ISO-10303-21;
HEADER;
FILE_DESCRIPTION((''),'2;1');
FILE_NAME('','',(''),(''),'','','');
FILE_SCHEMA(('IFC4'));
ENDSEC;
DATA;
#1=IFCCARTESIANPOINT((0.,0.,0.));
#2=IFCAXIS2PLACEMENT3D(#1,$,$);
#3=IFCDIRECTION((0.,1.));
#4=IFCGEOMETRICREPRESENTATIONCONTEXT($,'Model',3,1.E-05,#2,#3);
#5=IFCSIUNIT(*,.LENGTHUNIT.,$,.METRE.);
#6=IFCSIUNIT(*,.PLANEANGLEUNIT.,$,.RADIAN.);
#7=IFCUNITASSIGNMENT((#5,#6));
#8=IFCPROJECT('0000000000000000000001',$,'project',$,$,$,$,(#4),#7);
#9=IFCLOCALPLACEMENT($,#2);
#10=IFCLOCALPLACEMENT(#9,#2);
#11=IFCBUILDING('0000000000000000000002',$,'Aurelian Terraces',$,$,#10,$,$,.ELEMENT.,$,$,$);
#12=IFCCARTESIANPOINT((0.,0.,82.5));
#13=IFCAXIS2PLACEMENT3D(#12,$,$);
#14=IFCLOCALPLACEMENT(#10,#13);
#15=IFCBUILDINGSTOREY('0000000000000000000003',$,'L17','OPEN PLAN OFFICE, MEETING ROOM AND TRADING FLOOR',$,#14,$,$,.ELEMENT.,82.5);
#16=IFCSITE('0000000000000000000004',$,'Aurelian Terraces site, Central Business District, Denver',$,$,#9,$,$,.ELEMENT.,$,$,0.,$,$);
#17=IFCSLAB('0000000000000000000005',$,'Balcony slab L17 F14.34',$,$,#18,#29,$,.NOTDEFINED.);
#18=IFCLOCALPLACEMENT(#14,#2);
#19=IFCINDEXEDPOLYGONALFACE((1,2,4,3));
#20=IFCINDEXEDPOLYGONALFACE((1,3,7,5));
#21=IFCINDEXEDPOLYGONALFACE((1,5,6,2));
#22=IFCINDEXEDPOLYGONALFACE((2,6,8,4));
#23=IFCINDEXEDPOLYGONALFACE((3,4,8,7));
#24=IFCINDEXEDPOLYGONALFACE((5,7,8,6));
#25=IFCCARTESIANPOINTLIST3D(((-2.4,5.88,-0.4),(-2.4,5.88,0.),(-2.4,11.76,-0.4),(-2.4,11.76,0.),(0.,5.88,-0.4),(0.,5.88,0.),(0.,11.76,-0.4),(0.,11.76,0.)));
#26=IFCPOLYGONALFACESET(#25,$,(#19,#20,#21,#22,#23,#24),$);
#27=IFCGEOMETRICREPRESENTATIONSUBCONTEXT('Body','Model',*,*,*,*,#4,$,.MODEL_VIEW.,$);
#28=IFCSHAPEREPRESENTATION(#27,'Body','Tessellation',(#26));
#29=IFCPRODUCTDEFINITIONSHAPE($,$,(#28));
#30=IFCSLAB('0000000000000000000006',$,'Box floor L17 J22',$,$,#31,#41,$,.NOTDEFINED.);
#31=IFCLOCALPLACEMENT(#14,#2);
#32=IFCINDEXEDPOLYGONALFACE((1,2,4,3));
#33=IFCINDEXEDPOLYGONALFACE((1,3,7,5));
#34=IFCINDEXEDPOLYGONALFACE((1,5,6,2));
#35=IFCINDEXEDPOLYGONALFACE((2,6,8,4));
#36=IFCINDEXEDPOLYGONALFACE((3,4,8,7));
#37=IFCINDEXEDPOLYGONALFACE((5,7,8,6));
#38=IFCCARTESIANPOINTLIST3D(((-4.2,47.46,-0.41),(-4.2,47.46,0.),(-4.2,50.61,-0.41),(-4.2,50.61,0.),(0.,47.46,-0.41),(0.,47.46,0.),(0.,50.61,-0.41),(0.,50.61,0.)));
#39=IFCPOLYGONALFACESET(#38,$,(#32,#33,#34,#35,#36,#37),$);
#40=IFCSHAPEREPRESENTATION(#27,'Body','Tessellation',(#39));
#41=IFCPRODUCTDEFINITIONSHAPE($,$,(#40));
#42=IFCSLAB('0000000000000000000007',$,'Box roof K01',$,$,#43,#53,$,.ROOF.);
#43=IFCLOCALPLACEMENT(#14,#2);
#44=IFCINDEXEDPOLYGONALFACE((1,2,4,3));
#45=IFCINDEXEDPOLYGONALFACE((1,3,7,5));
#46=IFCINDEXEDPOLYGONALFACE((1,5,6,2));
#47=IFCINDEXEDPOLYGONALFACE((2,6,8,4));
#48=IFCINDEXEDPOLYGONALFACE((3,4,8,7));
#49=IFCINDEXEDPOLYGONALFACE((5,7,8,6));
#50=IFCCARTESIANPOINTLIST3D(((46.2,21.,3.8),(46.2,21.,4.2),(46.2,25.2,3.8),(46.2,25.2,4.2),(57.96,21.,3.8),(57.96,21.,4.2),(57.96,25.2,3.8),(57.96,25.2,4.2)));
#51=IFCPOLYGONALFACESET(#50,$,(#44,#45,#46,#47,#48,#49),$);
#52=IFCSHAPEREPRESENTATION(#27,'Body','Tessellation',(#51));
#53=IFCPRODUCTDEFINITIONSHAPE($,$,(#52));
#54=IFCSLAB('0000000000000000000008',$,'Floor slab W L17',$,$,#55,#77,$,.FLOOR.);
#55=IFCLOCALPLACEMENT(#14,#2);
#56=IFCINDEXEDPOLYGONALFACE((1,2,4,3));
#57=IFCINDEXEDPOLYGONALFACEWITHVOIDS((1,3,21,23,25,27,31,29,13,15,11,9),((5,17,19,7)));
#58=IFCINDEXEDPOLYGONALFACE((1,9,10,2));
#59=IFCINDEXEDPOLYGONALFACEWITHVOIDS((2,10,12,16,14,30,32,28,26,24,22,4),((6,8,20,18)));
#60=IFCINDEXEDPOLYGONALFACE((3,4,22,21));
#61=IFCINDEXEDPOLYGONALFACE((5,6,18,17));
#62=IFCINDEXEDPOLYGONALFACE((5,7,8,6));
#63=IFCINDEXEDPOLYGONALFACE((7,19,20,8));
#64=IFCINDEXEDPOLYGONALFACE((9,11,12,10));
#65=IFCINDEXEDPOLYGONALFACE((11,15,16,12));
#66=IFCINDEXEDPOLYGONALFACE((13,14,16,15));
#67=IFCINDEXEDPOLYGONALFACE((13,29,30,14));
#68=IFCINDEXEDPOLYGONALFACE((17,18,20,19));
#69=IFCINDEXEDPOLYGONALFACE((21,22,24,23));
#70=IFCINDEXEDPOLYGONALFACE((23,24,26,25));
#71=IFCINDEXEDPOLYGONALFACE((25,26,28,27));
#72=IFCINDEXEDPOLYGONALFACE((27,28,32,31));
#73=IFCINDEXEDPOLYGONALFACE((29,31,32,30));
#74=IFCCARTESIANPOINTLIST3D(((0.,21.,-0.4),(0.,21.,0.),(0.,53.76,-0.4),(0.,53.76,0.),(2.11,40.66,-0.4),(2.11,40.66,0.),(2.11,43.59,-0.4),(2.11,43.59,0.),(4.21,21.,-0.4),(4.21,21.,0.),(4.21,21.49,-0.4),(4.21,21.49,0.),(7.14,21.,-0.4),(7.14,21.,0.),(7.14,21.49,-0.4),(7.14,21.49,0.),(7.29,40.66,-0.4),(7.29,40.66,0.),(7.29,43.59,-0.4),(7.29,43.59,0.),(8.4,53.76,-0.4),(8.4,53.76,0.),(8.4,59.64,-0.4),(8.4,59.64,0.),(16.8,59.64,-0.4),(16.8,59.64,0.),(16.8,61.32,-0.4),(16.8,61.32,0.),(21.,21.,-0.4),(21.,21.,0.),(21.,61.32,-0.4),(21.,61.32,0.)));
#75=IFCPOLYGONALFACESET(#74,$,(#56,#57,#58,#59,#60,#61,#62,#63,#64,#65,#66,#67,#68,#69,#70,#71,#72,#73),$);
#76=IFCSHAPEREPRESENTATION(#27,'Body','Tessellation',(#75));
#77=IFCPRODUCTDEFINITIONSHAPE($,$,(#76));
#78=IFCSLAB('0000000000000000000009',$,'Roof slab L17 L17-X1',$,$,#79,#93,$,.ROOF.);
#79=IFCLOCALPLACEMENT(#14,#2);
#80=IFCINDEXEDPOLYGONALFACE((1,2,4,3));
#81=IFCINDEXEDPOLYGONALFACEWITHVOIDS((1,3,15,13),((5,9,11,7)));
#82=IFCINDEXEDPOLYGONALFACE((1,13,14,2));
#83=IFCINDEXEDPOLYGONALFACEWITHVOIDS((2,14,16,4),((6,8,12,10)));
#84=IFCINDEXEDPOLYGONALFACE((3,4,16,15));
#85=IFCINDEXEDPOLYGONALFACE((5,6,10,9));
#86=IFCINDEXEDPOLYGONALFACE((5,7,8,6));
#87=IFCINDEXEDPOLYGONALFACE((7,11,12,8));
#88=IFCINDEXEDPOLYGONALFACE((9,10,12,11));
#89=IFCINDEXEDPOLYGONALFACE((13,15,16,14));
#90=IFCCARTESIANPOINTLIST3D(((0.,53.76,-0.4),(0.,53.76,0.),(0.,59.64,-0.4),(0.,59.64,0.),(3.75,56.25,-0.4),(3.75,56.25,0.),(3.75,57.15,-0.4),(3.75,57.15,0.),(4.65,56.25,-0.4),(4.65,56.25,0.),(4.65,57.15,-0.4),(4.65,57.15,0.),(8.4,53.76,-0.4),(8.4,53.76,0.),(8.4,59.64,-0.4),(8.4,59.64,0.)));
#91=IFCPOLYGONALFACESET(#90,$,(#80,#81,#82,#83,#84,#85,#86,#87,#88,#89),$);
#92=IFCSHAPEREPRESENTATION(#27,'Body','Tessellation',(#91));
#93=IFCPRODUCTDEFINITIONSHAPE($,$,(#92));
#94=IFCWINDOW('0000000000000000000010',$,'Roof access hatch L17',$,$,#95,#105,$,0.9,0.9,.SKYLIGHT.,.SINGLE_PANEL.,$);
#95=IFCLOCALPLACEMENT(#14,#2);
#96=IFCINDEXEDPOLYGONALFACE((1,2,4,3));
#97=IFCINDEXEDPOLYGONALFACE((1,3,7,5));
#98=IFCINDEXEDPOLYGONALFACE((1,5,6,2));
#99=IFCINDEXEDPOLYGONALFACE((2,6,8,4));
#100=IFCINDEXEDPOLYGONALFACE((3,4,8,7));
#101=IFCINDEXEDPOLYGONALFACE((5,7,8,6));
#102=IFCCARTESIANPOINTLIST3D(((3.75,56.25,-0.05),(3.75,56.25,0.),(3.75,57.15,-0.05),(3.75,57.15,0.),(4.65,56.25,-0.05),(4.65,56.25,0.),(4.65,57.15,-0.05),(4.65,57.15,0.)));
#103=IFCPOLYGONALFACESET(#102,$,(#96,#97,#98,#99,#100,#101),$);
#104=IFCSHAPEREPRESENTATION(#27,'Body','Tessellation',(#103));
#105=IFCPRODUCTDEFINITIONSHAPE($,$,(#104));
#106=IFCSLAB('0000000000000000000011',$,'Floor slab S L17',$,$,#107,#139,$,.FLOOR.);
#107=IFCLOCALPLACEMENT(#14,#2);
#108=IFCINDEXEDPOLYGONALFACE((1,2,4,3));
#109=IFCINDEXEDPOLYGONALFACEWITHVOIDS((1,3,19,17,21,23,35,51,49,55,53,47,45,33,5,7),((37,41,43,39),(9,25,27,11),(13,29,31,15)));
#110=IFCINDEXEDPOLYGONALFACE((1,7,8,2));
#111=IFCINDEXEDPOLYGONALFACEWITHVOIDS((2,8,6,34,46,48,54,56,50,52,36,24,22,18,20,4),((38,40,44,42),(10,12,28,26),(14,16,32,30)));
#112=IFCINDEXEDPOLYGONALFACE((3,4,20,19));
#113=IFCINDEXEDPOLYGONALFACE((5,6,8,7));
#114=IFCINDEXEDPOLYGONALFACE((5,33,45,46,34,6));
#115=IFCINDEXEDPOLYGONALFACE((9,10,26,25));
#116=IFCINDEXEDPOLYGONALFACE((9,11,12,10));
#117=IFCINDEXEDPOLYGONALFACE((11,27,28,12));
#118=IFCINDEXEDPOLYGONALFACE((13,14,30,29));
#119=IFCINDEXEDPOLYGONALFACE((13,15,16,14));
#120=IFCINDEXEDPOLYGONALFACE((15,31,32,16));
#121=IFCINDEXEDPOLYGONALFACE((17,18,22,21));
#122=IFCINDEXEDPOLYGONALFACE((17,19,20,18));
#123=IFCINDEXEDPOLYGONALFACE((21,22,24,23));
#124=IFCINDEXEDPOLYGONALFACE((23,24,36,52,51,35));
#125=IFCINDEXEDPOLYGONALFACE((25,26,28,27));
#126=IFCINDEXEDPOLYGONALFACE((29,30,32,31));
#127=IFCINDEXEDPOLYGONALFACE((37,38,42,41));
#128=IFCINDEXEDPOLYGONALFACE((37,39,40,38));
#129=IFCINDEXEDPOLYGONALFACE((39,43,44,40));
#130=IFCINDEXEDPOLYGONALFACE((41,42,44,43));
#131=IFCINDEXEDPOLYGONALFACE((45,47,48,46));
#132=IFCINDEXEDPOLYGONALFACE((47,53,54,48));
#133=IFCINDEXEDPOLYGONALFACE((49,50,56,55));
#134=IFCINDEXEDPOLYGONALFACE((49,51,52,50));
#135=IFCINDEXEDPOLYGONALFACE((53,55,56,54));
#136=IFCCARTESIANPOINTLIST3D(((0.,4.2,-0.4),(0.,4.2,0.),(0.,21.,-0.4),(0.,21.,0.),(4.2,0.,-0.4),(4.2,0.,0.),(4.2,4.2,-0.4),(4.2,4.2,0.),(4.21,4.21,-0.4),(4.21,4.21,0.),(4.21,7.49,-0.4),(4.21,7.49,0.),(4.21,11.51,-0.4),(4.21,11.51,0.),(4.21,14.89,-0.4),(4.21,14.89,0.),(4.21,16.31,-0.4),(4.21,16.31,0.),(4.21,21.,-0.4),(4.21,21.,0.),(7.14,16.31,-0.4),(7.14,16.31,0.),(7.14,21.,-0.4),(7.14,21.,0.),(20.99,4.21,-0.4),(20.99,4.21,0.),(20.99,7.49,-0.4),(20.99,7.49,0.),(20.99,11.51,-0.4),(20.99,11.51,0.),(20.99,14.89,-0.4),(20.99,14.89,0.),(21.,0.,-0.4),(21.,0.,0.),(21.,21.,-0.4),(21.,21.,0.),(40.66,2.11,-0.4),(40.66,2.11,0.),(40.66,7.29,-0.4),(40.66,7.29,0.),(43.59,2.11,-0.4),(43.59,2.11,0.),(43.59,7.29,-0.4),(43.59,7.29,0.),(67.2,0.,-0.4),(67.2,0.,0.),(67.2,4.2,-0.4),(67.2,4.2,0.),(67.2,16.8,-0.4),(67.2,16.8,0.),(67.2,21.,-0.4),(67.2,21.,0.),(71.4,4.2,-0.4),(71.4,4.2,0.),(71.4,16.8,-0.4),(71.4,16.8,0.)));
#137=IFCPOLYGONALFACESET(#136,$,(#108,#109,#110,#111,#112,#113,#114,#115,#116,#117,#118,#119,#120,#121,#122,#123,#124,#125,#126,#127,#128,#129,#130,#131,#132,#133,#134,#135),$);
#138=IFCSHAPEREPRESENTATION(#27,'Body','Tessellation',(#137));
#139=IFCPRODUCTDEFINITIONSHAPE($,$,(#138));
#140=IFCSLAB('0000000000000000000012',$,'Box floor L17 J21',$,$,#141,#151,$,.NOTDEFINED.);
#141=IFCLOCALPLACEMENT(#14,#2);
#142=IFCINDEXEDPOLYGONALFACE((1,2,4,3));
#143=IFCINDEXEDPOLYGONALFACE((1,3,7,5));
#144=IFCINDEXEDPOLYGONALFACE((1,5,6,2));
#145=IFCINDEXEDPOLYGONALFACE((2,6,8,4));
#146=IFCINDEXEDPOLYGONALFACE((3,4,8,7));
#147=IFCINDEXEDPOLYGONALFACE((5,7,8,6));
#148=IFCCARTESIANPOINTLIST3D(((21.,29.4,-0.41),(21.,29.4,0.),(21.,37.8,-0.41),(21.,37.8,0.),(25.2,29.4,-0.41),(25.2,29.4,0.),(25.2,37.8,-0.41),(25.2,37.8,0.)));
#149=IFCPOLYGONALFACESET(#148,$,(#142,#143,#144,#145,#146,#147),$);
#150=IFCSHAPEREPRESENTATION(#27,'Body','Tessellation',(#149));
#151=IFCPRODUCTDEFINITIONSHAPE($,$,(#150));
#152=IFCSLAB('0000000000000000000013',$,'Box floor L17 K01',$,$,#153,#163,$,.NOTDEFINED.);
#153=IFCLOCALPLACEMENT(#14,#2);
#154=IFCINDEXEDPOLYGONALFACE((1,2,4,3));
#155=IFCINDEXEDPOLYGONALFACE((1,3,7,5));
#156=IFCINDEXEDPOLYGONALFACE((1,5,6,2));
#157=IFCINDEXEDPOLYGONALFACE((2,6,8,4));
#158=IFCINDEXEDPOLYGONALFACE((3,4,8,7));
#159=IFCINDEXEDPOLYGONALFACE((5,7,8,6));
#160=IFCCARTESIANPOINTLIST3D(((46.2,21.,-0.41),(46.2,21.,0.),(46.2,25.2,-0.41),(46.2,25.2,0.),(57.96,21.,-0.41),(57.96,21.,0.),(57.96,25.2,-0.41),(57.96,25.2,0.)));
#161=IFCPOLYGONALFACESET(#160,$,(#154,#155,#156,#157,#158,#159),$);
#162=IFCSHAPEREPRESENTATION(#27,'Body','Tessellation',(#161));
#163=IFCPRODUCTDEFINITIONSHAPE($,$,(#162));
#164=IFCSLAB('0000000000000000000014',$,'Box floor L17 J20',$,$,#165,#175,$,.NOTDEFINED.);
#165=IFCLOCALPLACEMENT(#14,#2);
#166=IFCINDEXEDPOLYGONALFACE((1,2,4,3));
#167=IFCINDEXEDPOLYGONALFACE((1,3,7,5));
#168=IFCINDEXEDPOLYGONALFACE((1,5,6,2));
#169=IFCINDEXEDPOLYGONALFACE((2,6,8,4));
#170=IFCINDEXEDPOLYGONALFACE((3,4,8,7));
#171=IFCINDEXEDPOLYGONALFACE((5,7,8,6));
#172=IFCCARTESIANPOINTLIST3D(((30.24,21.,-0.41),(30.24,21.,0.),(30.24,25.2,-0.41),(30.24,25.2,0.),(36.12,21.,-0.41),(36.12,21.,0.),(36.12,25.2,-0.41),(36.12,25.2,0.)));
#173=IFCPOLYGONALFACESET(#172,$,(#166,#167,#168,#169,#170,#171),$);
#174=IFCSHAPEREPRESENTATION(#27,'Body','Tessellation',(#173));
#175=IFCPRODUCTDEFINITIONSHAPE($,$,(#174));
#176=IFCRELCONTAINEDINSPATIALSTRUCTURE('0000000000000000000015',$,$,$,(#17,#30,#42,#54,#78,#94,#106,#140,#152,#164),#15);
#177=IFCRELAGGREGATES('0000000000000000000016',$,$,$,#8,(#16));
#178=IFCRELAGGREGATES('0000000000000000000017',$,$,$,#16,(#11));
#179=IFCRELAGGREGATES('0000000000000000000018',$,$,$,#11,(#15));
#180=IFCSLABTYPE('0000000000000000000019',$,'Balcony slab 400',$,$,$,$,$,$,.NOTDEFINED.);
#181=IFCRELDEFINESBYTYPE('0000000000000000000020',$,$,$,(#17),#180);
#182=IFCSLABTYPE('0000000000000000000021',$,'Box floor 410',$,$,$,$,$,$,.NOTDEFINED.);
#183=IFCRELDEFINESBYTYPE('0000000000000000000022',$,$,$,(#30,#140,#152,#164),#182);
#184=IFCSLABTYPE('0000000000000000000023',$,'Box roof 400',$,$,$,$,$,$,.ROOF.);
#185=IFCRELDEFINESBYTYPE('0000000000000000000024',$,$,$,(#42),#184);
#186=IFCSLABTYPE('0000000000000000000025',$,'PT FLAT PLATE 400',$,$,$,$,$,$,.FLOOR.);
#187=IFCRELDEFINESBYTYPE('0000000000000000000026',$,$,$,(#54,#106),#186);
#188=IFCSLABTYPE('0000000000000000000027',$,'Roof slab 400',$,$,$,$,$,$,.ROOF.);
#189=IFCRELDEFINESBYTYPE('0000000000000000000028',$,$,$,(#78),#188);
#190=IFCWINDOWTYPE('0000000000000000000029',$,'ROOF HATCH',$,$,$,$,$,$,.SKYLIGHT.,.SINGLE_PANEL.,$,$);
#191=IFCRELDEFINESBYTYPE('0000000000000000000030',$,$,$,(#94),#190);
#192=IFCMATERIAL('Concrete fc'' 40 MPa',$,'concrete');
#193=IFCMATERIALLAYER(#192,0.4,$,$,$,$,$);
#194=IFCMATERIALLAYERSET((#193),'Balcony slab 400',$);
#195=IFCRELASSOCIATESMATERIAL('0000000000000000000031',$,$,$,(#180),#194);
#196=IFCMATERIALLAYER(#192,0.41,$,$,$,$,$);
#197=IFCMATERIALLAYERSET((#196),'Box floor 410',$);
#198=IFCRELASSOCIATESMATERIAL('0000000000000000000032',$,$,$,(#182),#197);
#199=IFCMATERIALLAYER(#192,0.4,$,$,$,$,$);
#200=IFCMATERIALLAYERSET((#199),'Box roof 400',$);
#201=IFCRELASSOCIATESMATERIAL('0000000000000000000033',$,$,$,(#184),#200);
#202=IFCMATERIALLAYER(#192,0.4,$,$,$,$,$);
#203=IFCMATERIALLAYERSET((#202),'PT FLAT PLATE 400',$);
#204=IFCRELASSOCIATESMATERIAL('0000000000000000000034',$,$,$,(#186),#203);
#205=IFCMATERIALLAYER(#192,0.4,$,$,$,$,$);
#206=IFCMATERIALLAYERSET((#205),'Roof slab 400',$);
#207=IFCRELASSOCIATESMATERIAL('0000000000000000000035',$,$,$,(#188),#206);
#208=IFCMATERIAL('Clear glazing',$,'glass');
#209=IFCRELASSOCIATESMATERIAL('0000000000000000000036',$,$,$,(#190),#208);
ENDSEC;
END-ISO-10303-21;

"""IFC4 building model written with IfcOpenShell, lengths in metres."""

from ifc_helpers import new_model, si_unit, direction, frame, origin, origin_2d, place, context, subcontext, project, spatial, polyline, rectangle, outline, extrude, source, transform, mapped, material, layer, layer_set, type_object, element, fill, save


model = new_model("IFC4")

# Units and contexts
model_context = context("Model", 3, precision=1e-05, world=origin(), true_north=direction((0.0, 1.0)))
body_context = subcontext(model_context, "Body", "Model", "MODEL_VIEW")
ifc_project = project(units=[si_unit("LENGTHUNIT", "METRE"), si_unit("PLANEANGLEUNIT", "RADIAN")], contexts=[model_context])

# Site, building, storey
site_placement = place(None, origin())
site = spatial("IfcSite", under=ifc_project, at=site_placement, Name="Aurelian Terraces site, Central Business District, Denver", CompositionType="ELEMENT", RefElevation=0.0)
building_placement = place(site_placement, origin())
building = spatial("IfcBuilding", under=site, at=building_placement, Name="Aurelian Terraces", CompositionType="ELEMENT")
storey_placement = place(building_placement, frame((0.0, 0.0, 82.5)))
storey = spatial("IfcBuildingStorey", under=building, at=storey_placement, Name="L17", Description="OPEN PLAN OFFICE, MEETING ROOM AND TRADING FLOOR", CompositionType="ELEMENT", Elevation=82.5)

# Slabs
ifc_material_1 = material(Name="Concrete fc' 40 MPa", Category="concrete")
ifc_layer_1 = layer(ifc_material_1, 0.4)
ifc_layer_set_1 = layer_set([ifc_layer_1], Name="Balcony slab 400")
slab_type_1 = type_object("IfcSlabType", Name="Balcony slab 400", PredefinedType="NOTDEFINED", material=ifc_layer_set_1)
slab_1_placement = place(storey_placement, frame((0.0, 0.0, -0.4)))
element("IfcSlab", 1, at=slab_1_placement, inside=storey, type_object=slab_type_1, Name="Balcony slab L17 F14.34", PredefinedType="NOTDEFINED", context=body_context, shape_type="SweptSolid", body=[
    extrude(outline(polyline([(0.0, 11.76), (0.0, 5.88), (-2.4, 5.88), (-2.4, 11.76), (0.0, 11.76)])), origin(), (0.0, 0.0, 1.0), 0.4),
])
ifc_layer_2 = layer(ifc_material_1, 0.41)
ifc_layer_set_2 = layer_set([ifc_layer_2], Name="Box floor 410")
slab_type_2 = type_object("IfcSlabType", Name="Box floor 410", PredefinedType="NOTDEFINED", material=ifc_layer_set_2)
slab_2_placement = place(storey_placement, frame((0.0, 0.0, -0.41)))
element("IfcSlab", 2, at=slab_2_placement, inside=storey, type_object=slab_type_2, Name="Box floor L17 J22", PredefinedType="NOTDEFINED", context=body_context, shape_type="SweptSolid", body=[
    extrude(outline(polyline([(-4.2, 50.61), (-4.2, 47.46), (0.0, 47.46), (0.0, 50.61), (-4.2, 50.61)])), origin(), (0.0, 0.0, 1.0), 0.41),
])
ifc_layer_3 = layer(ifc_material_1, 0.4)
ifc_layer_set_3 = layer_set([ifc_layer_3], Name="Box roof 400")
slab_type_3 = type_object("IfcSlabType", Name="Box roof 400", PredefinedType="ROOF", material=ifc_layer_set_3)
slab_3_placement = place(storey_placement, frame((0.0, 0.0, 3.8)))
element("IfcSlab", 3, at=slab_3_placement, inside=storey, type_object=slab_type_3, Name="Box roof K01", PredefinedType="ROOF", context=body_context, shape_type="SweptSolid", body=[
    extrude(outline(polyline([(57.96, 25.2), (46.2, 25.2), (46.2, 21.0), (57.96, 21.0), (57.96, 25.2)])), origin(), (0.0, 0.0, 1.0), 0.4),
])
ifc_layer_4 = layer(ifc_material_1, 0.4)
ifc_layer_set_4 = layer_set([ifc_layer_4], Name="PT FLAT PLATE 400")
slab_type_4 = type_object("IfcSlabType", Name="PT FLAT PLATE 400", PredefinedType="FLOOR", material=ifc_layer_set_4)
slab_4_placement = place(storey_placement, frame((0.0, 0.0, -0.4)))
element("IfcSlab", 4, at=slab_4_placement, inside=storey, type_object=slab_type_4, Name="Floor slab W L17", PredefinedType="FLOOR", context=body_context, shape_type="SweptSolid", body=[
    extrude(outline(polyline([(0.0, 53.76), (8.4, 53.76), (8.4, 59.64), (16.8, 59.64), (16.8, 61.32), (21.0, 61.32), (21.0, 21.0), (7.14, 21.0), (7.14, 21.49), (4.21, 21.49), (4.21, 21.0), (0.0, 21.0), (0.0, 53.76)]), holes=[polyline([(7.29, 43.59), (2.11, 43.59), (2.11, 40.66), (7.29, 40.66), (7.29, 43.59)])]), origin(), (0.0, 0.0, 1.0), 0.4),
])

# Slab, opening, window
ifc_layer_5 = layer(ifc_material_1, 0.4)
ifc_layer_set_5 = layer_set([ifc_layer_5], Name="Roof slab 400")
slab_type_5 = type_object("IfcSlabType", Name="Roof slab 400", PredefinedType="ROOF", material=ifc_layer_set_5)
slab_5_placement = place(storey_placement, frame((0.0, 0.0, -0.4)))
slab_5 = element("IfcSlab", 5, at=slab_5_placement, inside=storey, type_object=slab_type_5, Name="Roof slab L17 L17-X1", PredefinedType="ROOF", context=body_context, shape_type="SweptSolid", body=[
    extrude(outline(polyline([(8.4, 59.64), (8.4, 53.76), (0.0, 53.76), (0.0, 59.64), (8.4, 59.64)])), origin(), (0.0, 0.0, 1.0), 0.4),
])
shared_shape_1 = source(origin(), body_context, "Body", "SweptSolid", [
    extrude(rectangle(XDim=0.9, YDim=0.9, at=origin_2d()), frame((0.0, 0.0, -0.01)), (0.0, 0.0, 1.0), 0.42),
])
opening_placement = place(slab_5_placement, frame((4.2, 56.7, 0.0)))
opening = element("IfcOpeningElement", 6, at=opening_placement, cuts=slab_5, PredefinedType="OPENING", context=body_context, shape_type="MappedRepresentation", body=[
    mapped(shared_shape_1, transform((0.0, 0.0, 0.0), scale=1.0)),
])
ifc_material_2 = material(Name="Clear glazing", Category="glass")
window_type = type_object("IfcWindowType", Name="ROOF HATCH", PartitioningType="SINGLE_PANEL", PredefinedType="SKYLIGHT", material=ifc_material_2)
shared_shape_2 = source(origin(), body_context, "Body", "SweptSolid", [
    extrude(rectangle(XDim=0.9, YDim=0.9, at=origin_2d()), origin(), (0.0, 0.0, 1.0), 0.05),
])
window_placement = place(opening_placement, frame((0.0, 0.0, 0.35)))
window = element("IfcWindow", 7, at=window_placement, inside=storey, type_object=window_type, Name="Roof access hatch L17", OverallHeight=0.9, OverallWidth=0.9, PartitioningType="SINGLE_PANEL", PredefinedType="SKYLIGHT", context=body_context, shape_type="MappedRepresentation", body=[
    mapped(shared_shape_2, transform((0.0, 0.0, 0.0), scale=1.0)),
])
fill(opening, window)

# Slabs
shared_shape_3 = source(origin(), body_context, "Body", "SweptSolid", [
    extrude(outline(polyline([(71.4, 16.8), (71.4, 4.2), (67.2, 4.2), (67.2, 0.0), (21.0, 0.0), (4.2, 0.0), (4.2, 4.2), (0.0, 4.2), (0.0, 21.0), (4.21, 21.0), (4.21, 16.31), (7.14, 16.31), (7.14, 21.0), (21.0, 21.0), (67.2, 21.0), (67.2, 16.8), (71.4, 16.8)]), holes=[polyline([(40.66, 2.11), (43.59, 2.11), (43.59, 7.29), (40.66, 7.29), (40.66, 2.11)]), polyline([(4.21, 7.49), (4.21, 4.21), (20.99, 4.21), (20.99, 7.49), (4.21, 7.49)]), polyline([(4.21, 14.89), (4.21, 11.51), (20.99, 11.51), (20.99, 14.89), (4.21, 14.89)])]), origin(), (0.0, 0.0, 1.0), 0.4),
])
slab_6_placement = place(storey_placement, frame((0.0, 0.0, -0.4)))
element("IfcSlab", 8, at=slab_6_placement, inside=storey, type_object=slab_type_4, Name="Floor slab S L17", PredefinedType="FLOOR", context=body_context, shape_type="MappedRepresentation", body=[
    mapped(shared_shape_3, transform((0.0, 0.0, 0.0), scale=1.0)),
])
shared_shape_4 = source(origin(), body_context, "Body", "SweptSolid", [
    extrude(outline(polyline([(25.2, 29.4), (25.2, 37.8), (21.0, 37.8), (21.0, 29.4), (25.2, 29.4)])), origin(), (0.0, 0.0, 1.0), 0.41),
])
slab_7_placement = place(storey_placement, frame((0.0, 0.0, -0.41)))
element("IfcSlab", 9, at=slab_7_placement, inside=storey, type_object=slab_type_2, Name="Box floor L17 J21", PredefinedType="NOTDEFINED", context=body_context, shape_type="MappedRepresentation", body=[
    mapped(shared_shape_4, transform((0.0, 0.0, 0.0), scale=1.0)),
])
shared_shape_5 = source(origin(), body_context, "Body", "SweptSolid", [
    extrude(outline(polyline([(57.96, 25.2), (46.2, 25.2), (46.2, 21.0), (57.96, 21.0), (57.96, 25.2)])), origin(), (0.0, 0.0, 1.0), 0.41),
])
slab_8_placement = place(storey_placement, frame((0.0, 0.0, -0.41)))
element("IfcSlab", 10, at=slab_8_placement, inside=storey, type_object=slab_type_2, Name="Box floor L17 K01", PredefinedType="NOTDEFINED", context=body_context, shape_type="MappedRepresentation", body=[
    mapped(shared_shape_5, transform((0.0, 0.0, 0.0), scale=1.0)),
])
shared_shape_6 = source(origin(), body_context, "Body", "SweptSolid", [
    extrude(outline(polyline([(36.12, 25.2), (30.24, 25.2), (30.24, 21.0), (36.12, 21.0), (36.12, 25.2)])), origin(), (0.0, 0.0, 1.0), 0.41),
])
slab_9_placement = place(storey_placement, frame((0.0, 0.0, -0.41)))
element("IfcSlab", 11, at=slab_9_placement, inside=storey, type_object=slab_type_2, Name="Box floor L17 J20", PredefinedType="NOTDEFINED", context=body_context, shape_type="MappedRepresentation", body=[
    mapped(shared_shape_6, transform((0.0, 0.0, 0.0), scale=1.0)),
])

save(model, "model.ifc")
